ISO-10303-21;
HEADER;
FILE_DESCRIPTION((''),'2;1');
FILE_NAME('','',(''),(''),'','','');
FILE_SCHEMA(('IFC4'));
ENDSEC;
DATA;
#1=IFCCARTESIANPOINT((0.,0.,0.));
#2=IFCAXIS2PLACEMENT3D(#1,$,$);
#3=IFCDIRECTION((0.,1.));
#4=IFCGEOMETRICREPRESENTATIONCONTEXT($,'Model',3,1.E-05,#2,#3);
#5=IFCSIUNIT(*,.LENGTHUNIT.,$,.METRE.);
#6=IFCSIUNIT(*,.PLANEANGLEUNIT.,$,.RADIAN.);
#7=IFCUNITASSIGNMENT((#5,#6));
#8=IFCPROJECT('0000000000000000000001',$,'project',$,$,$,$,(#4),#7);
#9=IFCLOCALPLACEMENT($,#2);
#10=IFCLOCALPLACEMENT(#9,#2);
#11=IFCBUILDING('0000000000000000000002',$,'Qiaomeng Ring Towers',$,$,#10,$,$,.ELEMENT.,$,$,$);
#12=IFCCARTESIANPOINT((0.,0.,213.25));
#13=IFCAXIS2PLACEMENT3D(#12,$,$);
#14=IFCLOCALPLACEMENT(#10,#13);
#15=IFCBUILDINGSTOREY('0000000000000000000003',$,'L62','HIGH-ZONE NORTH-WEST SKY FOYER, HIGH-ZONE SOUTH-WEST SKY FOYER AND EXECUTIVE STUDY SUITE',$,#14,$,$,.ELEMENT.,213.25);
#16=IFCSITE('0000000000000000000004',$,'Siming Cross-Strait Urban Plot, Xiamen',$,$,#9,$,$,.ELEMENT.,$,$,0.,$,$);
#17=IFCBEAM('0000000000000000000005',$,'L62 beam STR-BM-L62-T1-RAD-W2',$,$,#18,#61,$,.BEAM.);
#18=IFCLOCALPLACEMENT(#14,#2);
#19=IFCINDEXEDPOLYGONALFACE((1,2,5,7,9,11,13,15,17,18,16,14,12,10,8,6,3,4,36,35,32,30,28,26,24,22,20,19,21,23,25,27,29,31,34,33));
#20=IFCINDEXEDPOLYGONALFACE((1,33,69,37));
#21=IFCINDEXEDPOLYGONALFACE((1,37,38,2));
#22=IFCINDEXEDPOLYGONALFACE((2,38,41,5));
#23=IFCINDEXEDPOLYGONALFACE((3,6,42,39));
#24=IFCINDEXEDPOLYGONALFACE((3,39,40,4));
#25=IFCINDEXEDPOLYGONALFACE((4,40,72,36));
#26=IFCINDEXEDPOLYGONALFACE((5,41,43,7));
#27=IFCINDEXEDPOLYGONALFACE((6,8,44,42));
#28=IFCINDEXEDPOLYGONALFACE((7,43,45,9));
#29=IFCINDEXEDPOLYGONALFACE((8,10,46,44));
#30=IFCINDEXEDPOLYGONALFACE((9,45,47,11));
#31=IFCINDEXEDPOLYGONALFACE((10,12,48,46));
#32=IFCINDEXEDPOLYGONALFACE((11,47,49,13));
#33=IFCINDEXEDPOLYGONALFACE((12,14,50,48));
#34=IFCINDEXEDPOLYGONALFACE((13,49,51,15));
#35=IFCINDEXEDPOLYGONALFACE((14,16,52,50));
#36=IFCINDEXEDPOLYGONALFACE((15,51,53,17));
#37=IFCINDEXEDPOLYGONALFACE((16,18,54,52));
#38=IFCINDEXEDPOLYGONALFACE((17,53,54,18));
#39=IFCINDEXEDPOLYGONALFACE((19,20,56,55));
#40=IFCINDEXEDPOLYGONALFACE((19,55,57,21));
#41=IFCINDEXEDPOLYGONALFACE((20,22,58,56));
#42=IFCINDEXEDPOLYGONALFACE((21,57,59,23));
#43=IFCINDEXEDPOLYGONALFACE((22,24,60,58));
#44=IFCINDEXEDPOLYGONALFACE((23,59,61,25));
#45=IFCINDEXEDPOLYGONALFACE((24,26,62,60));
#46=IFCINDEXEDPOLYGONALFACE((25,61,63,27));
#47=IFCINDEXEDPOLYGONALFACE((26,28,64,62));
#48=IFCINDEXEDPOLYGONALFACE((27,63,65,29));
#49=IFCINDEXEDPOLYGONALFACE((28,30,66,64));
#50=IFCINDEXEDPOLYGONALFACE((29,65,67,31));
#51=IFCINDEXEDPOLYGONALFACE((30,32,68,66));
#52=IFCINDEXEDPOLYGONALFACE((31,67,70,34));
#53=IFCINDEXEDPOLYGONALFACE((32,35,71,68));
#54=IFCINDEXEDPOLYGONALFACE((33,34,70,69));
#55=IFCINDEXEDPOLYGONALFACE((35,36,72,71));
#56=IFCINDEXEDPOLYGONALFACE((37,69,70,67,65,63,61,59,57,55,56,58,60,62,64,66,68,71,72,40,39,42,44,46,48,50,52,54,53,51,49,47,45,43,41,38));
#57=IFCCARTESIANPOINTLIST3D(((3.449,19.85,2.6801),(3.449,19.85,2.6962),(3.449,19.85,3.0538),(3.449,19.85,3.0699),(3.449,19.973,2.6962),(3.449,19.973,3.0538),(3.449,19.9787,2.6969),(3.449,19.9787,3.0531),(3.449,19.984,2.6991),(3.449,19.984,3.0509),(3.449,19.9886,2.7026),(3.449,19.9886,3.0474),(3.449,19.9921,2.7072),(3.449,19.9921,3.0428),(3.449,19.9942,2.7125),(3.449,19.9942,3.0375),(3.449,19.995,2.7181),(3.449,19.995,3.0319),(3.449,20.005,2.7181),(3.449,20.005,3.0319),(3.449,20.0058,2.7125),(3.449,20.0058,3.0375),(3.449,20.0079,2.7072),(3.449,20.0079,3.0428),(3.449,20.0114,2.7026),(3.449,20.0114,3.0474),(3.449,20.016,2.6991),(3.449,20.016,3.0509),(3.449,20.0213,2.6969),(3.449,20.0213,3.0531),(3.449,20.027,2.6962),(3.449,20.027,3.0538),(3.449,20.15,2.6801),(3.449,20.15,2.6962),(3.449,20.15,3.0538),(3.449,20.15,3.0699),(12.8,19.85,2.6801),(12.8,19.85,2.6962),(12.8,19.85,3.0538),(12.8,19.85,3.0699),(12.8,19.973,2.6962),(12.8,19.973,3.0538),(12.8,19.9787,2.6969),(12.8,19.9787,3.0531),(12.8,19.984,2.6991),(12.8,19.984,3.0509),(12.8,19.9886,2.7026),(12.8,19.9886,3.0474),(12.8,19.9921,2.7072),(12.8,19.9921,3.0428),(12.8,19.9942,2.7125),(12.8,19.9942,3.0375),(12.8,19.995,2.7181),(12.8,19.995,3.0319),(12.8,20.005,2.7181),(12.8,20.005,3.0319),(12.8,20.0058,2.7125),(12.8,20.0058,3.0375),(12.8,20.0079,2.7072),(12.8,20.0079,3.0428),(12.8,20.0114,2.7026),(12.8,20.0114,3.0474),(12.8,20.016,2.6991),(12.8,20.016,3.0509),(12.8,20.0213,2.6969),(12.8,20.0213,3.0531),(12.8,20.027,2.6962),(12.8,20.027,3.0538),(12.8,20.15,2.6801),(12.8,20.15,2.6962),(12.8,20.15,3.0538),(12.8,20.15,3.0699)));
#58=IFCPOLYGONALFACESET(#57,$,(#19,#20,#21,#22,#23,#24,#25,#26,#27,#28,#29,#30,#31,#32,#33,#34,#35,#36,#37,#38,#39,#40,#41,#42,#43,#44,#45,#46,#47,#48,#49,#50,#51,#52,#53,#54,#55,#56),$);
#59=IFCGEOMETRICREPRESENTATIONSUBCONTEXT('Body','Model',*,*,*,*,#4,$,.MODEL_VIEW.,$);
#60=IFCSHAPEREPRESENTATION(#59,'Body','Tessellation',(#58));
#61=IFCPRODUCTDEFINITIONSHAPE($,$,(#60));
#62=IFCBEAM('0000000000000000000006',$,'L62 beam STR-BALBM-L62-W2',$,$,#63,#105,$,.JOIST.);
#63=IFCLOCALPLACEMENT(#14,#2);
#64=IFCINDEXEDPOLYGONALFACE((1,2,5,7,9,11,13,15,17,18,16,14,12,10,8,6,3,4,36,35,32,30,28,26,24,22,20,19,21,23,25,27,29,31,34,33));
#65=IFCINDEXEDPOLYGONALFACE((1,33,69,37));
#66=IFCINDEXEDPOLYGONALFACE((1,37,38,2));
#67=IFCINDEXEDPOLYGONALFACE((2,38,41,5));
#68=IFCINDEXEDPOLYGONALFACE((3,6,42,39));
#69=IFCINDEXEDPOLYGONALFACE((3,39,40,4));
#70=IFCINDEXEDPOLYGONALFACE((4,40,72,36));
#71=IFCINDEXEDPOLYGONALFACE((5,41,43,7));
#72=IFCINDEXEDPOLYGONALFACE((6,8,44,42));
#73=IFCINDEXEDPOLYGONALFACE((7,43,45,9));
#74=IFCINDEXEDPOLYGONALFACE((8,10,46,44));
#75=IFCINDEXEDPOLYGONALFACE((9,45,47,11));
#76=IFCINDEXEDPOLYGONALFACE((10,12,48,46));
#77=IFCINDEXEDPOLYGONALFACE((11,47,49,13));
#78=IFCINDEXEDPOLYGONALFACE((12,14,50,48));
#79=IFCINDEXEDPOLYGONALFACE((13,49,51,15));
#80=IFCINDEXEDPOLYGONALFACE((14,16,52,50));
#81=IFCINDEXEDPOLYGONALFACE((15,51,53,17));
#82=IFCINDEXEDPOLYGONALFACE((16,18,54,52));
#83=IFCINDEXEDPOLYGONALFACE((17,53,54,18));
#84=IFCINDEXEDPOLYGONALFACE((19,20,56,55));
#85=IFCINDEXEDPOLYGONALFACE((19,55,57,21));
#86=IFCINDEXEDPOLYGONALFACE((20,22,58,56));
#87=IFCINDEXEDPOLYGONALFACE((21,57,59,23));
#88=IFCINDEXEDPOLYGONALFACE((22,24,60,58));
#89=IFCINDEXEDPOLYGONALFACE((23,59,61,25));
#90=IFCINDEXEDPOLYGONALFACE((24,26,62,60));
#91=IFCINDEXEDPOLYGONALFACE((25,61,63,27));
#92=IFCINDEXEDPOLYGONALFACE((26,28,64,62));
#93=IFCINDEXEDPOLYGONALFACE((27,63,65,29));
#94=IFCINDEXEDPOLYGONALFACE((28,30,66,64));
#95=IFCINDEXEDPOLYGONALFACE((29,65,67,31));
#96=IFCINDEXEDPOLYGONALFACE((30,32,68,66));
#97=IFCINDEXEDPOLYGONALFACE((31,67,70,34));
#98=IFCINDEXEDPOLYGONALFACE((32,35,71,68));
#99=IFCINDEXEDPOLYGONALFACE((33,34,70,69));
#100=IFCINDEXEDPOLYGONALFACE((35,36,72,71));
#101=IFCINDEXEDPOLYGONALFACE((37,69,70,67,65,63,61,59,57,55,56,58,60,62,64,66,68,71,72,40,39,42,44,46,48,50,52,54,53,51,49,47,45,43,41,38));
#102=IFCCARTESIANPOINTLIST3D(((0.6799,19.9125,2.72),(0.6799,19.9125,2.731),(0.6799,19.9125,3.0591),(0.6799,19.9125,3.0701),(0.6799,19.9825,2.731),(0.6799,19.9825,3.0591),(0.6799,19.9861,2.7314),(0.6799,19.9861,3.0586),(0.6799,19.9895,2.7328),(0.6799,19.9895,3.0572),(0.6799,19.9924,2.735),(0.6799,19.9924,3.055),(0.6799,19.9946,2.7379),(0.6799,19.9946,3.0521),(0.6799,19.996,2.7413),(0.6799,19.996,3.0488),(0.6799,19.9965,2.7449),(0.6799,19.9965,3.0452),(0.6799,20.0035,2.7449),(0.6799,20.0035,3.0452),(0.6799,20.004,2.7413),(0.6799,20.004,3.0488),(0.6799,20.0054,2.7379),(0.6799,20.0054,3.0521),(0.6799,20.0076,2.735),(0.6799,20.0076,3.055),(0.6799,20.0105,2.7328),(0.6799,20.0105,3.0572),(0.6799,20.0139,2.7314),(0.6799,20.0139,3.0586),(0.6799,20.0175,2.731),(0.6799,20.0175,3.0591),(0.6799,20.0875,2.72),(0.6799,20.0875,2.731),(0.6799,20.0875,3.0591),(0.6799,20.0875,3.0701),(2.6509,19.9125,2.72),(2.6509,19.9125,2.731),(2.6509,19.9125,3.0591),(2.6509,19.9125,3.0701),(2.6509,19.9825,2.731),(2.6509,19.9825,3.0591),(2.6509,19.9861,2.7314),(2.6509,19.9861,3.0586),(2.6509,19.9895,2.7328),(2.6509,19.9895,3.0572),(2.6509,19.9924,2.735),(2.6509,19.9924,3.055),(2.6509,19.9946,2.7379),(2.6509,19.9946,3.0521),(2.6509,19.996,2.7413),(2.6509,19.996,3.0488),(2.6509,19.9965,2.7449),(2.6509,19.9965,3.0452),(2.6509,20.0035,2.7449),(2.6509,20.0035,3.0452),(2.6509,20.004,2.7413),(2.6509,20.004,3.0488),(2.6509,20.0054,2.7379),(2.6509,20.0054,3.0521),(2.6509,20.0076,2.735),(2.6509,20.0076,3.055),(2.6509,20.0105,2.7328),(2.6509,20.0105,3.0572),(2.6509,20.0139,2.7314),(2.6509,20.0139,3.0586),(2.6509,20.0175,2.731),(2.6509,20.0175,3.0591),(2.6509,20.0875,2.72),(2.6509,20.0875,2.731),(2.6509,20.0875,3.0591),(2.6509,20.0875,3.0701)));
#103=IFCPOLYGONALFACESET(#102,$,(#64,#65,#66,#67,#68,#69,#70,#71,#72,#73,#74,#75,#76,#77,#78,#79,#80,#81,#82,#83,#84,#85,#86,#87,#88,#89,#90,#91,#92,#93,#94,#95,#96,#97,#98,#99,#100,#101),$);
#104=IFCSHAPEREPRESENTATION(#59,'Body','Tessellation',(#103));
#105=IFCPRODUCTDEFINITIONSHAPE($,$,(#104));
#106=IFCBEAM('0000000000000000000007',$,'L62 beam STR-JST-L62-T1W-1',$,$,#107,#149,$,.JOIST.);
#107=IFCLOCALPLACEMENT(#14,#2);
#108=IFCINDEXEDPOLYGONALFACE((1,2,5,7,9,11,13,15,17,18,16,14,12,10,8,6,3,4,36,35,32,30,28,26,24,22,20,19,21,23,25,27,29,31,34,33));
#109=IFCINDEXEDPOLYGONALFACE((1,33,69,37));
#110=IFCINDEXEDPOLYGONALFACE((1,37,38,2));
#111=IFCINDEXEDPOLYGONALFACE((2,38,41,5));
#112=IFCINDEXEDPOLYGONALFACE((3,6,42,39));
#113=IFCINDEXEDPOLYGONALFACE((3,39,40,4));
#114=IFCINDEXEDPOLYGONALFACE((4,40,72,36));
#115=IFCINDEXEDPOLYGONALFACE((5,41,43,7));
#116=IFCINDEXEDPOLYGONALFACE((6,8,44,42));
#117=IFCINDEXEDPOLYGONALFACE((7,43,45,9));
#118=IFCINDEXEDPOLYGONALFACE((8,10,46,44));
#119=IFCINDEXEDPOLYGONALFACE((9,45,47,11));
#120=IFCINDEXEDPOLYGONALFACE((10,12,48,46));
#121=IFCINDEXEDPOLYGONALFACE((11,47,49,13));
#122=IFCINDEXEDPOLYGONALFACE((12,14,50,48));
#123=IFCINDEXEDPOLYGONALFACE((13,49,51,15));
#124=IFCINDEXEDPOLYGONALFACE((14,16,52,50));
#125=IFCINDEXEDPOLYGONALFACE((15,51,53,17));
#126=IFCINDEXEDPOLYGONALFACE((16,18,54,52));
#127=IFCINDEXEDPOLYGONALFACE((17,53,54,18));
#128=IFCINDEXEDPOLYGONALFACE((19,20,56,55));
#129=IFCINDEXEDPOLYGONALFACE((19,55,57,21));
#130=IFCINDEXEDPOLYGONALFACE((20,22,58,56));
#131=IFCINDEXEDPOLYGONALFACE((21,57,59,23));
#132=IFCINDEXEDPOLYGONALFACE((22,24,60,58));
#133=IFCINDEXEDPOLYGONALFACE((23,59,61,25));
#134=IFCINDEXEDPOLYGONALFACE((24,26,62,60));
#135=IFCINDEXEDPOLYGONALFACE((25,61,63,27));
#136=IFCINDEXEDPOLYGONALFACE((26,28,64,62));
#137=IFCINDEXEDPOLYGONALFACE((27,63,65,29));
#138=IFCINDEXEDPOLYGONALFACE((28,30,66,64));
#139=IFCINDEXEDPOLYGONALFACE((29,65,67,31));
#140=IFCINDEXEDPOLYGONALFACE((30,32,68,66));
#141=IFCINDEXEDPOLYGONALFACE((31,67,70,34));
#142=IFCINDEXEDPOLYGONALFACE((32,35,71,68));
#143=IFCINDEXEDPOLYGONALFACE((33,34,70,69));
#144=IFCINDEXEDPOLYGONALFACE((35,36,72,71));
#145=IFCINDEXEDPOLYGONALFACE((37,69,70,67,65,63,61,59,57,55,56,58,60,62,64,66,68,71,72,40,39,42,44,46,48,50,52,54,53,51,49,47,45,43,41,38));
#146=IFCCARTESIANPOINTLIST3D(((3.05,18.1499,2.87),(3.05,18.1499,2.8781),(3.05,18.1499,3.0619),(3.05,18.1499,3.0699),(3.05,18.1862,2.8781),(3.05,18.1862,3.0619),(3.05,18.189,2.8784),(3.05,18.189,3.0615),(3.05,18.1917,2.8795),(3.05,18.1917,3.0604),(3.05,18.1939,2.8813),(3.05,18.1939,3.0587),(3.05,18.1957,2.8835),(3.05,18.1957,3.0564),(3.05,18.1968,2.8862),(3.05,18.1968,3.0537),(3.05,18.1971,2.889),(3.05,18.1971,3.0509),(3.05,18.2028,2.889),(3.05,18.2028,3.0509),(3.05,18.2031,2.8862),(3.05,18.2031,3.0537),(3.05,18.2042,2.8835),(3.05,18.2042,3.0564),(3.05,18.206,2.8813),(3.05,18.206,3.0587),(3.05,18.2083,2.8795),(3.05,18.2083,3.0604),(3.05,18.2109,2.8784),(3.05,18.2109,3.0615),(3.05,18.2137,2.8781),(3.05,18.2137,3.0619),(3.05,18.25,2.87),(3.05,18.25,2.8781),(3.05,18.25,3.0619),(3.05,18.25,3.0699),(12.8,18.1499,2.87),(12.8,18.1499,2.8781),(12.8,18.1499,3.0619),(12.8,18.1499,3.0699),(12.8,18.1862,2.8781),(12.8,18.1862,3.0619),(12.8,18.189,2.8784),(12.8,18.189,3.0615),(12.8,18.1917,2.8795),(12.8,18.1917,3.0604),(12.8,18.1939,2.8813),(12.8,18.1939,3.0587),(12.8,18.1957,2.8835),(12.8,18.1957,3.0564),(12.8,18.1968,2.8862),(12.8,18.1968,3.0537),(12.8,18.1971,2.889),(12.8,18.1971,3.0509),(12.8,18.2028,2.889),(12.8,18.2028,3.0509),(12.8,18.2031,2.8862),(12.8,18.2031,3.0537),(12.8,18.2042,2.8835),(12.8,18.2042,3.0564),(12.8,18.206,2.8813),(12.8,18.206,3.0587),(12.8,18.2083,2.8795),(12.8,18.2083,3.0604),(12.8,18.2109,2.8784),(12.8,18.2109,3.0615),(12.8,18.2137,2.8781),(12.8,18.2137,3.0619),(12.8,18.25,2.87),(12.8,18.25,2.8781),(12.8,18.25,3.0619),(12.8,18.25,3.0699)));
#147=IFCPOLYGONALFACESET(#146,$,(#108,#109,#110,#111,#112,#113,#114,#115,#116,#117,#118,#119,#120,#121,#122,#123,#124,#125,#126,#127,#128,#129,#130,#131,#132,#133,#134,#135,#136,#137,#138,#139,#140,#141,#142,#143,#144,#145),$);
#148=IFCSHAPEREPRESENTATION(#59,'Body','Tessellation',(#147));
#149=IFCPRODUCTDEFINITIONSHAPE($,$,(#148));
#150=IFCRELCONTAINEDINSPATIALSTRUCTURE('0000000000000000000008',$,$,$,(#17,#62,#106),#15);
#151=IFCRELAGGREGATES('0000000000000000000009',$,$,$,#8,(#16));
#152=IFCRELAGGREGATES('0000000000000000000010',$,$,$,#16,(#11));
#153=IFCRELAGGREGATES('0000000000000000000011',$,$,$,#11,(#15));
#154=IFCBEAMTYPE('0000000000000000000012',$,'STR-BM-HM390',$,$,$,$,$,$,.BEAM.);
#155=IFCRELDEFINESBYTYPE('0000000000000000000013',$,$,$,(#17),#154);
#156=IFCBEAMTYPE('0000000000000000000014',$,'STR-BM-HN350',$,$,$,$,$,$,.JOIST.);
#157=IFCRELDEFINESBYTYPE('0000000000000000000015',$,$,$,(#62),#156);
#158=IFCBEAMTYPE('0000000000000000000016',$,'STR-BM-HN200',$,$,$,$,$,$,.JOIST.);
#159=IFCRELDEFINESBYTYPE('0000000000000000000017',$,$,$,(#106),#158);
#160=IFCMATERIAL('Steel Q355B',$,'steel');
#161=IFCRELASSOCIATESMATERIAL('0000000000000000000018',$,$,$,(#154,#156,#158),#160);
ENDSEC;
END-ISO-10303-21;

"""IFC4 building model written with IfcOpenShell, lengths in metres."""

from ifc_helpers import new_model, si_unit, direction, frame, origin, origin_2d, place, context, subcontext, project, spatial, i_section, extrude, source, transform, mapped, material, material_profile, profile_set, type_object, element, save


model = new_model("IFC4")

# Units and contexts
model_context = context("Model", 3, precision=1e-05, world=origin(), true_north=direction((0.0, 1.0)))
body_context = subcontext(model_context, "Body", "Model", "MODEL_VIEW")
ifc_project = project(units=[si_unit("LENGTHUNIT", "METRE"), si_unit("PLANEANGLEUNIT", "RADIAN")], contexts=[model_context])

# Site, building, storey
site_placement = place(None, origin())
site = spatial("IfcSite", under=ifc_project, at=site_placement, Name="Siming Cross-Strait Urban Plot, Xiamen", CompositionType="ELEMENT", RefElevation=0.0)
building_placement = place(site_placement, origin())
building = spatial("IfcBuilding", under=site, at=building_placement, Name="Qiaomeng Ring Towers", CompositionType="ELEMENT")
storey_placement = place(building_placement, frame((0.0, 0.0, 213.25)))
storey = spatial("IfcBuildingStorey", under=building, at=storey_placement, Name="L62", Description="HIGH-ZONE NORTH-WEST SKY FOYER, HIGH-ZONE SOUTH-WEST SKY FOYER AND EXECUTIVE STUDY SUITE", CompositionType="ELEMENT", Elevation=213.25)

# Beams
ifc_material_1 = material(Name="Steel Q355B", Category="steel")
ifc_material_profile_1 = material_profile(ifc_material_1, i_section(OverallWidth=0.3, OverallDepth=0.3899, WebThickness=0.01, FlangeThickness=0.0161, FilletRadius=0.022, at=origin_2d()), Name="HM 390x300x10x16")
ifc_profile_set_1 = profile_set([ifc_material_profile_1], Name="Steel Q355B")
beam_type_1 = type_object("IfcBeamType", Name="STR-BM-HM390", PredefinedType="BEAM", material=ifc_profile_set_1)
shared_shape_1 = source(origin(), body_context, "Body", "SweptSolid", [
    extrude(i_section(OverallWidth=0.3, OverallDepth=0.3899, WebThickness=0.01, FlangeThickness=0.0161, FilletRadius=0.022, at=origin_2d()), origin(), (0.0, 0.0, 1.0), 9.3511),
])
beam_1_placement = place(storey_placement, frame((3.449, 20.0, 2.875), z_axis=(1.0, 0.0, 0.0), x_axis=(0.0, 1.0, 0.0)))
element("IfcBeam", 1, at=beam_1_placement, inside=storey, type_object=beam_type_1, Name="L62 beam STR-BM-L62-T1-RAD-W2", PredefinedType="BEAM", context=body_context, shape_type="MappedRepresentation", body=[
    mapped(shared_shape_1, transform((0.0, 0.0, 0.0), x_axis=(1.0, 0.0, 0.0), y_axis=(0.0, 1.0, 0.0), z_axis=(0.0, 0.0, 1.0), scale=1.0)),
])
ifc_material_profile_2 = material_profile(ifc_material_1, i_section(OverallWidth=0.175, OverallDepth=0.3501, WebThickness=0.0071, FlangeThickness=0.011, FilletRadius=0.0139, at=origin_2d()), Name="HN 350x175x7x11")
ifc_profile_set_2 = profile_set([ifc_material_profile_2], Name="Steel Q355B")
beam_type_2 = type_object("IfcBeamType", Name="STR-BM-HN350", PredefinedType="JOIST", material=ifc_profile_set_2)
shared_shape_2 = source(origin(), body_context, "Body", "SweptSolid", [
    extrude(i_section(OverallWidth=0.175, OverallDepth=0.3501, WebThickness=0.0071, FlangeThickness=0.011, FilletRadius=0.0139, at=origin_2d()), origin(), (0.0, 0.0, 1.0), 1.9709),
])
beam_2_placement = place(storey_placement, frame((0.6799, 20.0, 2.895), z_axis=(1.0, 0.0, 0.0), x_axis=(0.0, 1.0, 0.0)))
element("IfcBeam", 2, at=beam_2_placement, inside=storey, type_object=beam_type_2, Name="L62 beam STR-BALBM-L62-W2", PredefinedType="JOIST", context=body_context, shape_type="MappedRepresentation", body=[
    mapped(shared_shape_2, transform((0.0, 0.0, 0.0), x_axis=(1.0, 0.0, 0.0), y_axis=(0.0, 1.0, 0.0), z_axis=(0.0, 0.0, 1.0), scale=1.0)),
])
ifc_material_profile_3 = material_profile(ifc_material_1, i_section(OverallWidth=0.1001, OverallDepth=0.2, WebThickness=0.0056, FlangeThickness=0.0081, FilletRadius=0.011, at=origin_2d()), Name="HN 200x100x5.5x8")
ifc_profile_set_3 = profile_set([ifc_material_profile_3], Name="Steel Q355B")
beam_type_3 = type_object("IfcBeamType", Name="STR-BM-HN200", PredefinedType="JOIST", material=ifc_profile_set_3)
shared_shape_3 = source(origin(), body_context, "Body", "SweptSolid", [
    extrude(i_section(OverallWidth=0.1001, OverallDepth=0.2, WebThickness=0.0056, FlangeThickness=0.0081, FilletRadius=0.011, at=origin_2d()), origin(), (0.0, 0.0, 1.0), 9.75),
])
beam_3_placement = place(storey_placement, frame((3.05, 18.2, 2.97), z_axis=(1.0, 0.0, 0.0), x_axis=(0.0, 1.0, 0.0)))
element("IfcBeam", 3, at=beam_3_placement, inside=storey, type_object=beam_type_3, Name="L62 beam STR-JST-L62-T1W-1", PredefinedType="JOIST", context=body_context, shape_type="MappedRepresentation", body=[
    mapped(shared_shape_3, transform((0.0, 0.0, 0.0), x_axis=(1.0, 0.0, 0.0), y_axis=(0.0, 1.0, 0.0), z_axis=(0.0, 0.0, 1.0), scale=1.0)),
])

save(model, "model.ifc")
